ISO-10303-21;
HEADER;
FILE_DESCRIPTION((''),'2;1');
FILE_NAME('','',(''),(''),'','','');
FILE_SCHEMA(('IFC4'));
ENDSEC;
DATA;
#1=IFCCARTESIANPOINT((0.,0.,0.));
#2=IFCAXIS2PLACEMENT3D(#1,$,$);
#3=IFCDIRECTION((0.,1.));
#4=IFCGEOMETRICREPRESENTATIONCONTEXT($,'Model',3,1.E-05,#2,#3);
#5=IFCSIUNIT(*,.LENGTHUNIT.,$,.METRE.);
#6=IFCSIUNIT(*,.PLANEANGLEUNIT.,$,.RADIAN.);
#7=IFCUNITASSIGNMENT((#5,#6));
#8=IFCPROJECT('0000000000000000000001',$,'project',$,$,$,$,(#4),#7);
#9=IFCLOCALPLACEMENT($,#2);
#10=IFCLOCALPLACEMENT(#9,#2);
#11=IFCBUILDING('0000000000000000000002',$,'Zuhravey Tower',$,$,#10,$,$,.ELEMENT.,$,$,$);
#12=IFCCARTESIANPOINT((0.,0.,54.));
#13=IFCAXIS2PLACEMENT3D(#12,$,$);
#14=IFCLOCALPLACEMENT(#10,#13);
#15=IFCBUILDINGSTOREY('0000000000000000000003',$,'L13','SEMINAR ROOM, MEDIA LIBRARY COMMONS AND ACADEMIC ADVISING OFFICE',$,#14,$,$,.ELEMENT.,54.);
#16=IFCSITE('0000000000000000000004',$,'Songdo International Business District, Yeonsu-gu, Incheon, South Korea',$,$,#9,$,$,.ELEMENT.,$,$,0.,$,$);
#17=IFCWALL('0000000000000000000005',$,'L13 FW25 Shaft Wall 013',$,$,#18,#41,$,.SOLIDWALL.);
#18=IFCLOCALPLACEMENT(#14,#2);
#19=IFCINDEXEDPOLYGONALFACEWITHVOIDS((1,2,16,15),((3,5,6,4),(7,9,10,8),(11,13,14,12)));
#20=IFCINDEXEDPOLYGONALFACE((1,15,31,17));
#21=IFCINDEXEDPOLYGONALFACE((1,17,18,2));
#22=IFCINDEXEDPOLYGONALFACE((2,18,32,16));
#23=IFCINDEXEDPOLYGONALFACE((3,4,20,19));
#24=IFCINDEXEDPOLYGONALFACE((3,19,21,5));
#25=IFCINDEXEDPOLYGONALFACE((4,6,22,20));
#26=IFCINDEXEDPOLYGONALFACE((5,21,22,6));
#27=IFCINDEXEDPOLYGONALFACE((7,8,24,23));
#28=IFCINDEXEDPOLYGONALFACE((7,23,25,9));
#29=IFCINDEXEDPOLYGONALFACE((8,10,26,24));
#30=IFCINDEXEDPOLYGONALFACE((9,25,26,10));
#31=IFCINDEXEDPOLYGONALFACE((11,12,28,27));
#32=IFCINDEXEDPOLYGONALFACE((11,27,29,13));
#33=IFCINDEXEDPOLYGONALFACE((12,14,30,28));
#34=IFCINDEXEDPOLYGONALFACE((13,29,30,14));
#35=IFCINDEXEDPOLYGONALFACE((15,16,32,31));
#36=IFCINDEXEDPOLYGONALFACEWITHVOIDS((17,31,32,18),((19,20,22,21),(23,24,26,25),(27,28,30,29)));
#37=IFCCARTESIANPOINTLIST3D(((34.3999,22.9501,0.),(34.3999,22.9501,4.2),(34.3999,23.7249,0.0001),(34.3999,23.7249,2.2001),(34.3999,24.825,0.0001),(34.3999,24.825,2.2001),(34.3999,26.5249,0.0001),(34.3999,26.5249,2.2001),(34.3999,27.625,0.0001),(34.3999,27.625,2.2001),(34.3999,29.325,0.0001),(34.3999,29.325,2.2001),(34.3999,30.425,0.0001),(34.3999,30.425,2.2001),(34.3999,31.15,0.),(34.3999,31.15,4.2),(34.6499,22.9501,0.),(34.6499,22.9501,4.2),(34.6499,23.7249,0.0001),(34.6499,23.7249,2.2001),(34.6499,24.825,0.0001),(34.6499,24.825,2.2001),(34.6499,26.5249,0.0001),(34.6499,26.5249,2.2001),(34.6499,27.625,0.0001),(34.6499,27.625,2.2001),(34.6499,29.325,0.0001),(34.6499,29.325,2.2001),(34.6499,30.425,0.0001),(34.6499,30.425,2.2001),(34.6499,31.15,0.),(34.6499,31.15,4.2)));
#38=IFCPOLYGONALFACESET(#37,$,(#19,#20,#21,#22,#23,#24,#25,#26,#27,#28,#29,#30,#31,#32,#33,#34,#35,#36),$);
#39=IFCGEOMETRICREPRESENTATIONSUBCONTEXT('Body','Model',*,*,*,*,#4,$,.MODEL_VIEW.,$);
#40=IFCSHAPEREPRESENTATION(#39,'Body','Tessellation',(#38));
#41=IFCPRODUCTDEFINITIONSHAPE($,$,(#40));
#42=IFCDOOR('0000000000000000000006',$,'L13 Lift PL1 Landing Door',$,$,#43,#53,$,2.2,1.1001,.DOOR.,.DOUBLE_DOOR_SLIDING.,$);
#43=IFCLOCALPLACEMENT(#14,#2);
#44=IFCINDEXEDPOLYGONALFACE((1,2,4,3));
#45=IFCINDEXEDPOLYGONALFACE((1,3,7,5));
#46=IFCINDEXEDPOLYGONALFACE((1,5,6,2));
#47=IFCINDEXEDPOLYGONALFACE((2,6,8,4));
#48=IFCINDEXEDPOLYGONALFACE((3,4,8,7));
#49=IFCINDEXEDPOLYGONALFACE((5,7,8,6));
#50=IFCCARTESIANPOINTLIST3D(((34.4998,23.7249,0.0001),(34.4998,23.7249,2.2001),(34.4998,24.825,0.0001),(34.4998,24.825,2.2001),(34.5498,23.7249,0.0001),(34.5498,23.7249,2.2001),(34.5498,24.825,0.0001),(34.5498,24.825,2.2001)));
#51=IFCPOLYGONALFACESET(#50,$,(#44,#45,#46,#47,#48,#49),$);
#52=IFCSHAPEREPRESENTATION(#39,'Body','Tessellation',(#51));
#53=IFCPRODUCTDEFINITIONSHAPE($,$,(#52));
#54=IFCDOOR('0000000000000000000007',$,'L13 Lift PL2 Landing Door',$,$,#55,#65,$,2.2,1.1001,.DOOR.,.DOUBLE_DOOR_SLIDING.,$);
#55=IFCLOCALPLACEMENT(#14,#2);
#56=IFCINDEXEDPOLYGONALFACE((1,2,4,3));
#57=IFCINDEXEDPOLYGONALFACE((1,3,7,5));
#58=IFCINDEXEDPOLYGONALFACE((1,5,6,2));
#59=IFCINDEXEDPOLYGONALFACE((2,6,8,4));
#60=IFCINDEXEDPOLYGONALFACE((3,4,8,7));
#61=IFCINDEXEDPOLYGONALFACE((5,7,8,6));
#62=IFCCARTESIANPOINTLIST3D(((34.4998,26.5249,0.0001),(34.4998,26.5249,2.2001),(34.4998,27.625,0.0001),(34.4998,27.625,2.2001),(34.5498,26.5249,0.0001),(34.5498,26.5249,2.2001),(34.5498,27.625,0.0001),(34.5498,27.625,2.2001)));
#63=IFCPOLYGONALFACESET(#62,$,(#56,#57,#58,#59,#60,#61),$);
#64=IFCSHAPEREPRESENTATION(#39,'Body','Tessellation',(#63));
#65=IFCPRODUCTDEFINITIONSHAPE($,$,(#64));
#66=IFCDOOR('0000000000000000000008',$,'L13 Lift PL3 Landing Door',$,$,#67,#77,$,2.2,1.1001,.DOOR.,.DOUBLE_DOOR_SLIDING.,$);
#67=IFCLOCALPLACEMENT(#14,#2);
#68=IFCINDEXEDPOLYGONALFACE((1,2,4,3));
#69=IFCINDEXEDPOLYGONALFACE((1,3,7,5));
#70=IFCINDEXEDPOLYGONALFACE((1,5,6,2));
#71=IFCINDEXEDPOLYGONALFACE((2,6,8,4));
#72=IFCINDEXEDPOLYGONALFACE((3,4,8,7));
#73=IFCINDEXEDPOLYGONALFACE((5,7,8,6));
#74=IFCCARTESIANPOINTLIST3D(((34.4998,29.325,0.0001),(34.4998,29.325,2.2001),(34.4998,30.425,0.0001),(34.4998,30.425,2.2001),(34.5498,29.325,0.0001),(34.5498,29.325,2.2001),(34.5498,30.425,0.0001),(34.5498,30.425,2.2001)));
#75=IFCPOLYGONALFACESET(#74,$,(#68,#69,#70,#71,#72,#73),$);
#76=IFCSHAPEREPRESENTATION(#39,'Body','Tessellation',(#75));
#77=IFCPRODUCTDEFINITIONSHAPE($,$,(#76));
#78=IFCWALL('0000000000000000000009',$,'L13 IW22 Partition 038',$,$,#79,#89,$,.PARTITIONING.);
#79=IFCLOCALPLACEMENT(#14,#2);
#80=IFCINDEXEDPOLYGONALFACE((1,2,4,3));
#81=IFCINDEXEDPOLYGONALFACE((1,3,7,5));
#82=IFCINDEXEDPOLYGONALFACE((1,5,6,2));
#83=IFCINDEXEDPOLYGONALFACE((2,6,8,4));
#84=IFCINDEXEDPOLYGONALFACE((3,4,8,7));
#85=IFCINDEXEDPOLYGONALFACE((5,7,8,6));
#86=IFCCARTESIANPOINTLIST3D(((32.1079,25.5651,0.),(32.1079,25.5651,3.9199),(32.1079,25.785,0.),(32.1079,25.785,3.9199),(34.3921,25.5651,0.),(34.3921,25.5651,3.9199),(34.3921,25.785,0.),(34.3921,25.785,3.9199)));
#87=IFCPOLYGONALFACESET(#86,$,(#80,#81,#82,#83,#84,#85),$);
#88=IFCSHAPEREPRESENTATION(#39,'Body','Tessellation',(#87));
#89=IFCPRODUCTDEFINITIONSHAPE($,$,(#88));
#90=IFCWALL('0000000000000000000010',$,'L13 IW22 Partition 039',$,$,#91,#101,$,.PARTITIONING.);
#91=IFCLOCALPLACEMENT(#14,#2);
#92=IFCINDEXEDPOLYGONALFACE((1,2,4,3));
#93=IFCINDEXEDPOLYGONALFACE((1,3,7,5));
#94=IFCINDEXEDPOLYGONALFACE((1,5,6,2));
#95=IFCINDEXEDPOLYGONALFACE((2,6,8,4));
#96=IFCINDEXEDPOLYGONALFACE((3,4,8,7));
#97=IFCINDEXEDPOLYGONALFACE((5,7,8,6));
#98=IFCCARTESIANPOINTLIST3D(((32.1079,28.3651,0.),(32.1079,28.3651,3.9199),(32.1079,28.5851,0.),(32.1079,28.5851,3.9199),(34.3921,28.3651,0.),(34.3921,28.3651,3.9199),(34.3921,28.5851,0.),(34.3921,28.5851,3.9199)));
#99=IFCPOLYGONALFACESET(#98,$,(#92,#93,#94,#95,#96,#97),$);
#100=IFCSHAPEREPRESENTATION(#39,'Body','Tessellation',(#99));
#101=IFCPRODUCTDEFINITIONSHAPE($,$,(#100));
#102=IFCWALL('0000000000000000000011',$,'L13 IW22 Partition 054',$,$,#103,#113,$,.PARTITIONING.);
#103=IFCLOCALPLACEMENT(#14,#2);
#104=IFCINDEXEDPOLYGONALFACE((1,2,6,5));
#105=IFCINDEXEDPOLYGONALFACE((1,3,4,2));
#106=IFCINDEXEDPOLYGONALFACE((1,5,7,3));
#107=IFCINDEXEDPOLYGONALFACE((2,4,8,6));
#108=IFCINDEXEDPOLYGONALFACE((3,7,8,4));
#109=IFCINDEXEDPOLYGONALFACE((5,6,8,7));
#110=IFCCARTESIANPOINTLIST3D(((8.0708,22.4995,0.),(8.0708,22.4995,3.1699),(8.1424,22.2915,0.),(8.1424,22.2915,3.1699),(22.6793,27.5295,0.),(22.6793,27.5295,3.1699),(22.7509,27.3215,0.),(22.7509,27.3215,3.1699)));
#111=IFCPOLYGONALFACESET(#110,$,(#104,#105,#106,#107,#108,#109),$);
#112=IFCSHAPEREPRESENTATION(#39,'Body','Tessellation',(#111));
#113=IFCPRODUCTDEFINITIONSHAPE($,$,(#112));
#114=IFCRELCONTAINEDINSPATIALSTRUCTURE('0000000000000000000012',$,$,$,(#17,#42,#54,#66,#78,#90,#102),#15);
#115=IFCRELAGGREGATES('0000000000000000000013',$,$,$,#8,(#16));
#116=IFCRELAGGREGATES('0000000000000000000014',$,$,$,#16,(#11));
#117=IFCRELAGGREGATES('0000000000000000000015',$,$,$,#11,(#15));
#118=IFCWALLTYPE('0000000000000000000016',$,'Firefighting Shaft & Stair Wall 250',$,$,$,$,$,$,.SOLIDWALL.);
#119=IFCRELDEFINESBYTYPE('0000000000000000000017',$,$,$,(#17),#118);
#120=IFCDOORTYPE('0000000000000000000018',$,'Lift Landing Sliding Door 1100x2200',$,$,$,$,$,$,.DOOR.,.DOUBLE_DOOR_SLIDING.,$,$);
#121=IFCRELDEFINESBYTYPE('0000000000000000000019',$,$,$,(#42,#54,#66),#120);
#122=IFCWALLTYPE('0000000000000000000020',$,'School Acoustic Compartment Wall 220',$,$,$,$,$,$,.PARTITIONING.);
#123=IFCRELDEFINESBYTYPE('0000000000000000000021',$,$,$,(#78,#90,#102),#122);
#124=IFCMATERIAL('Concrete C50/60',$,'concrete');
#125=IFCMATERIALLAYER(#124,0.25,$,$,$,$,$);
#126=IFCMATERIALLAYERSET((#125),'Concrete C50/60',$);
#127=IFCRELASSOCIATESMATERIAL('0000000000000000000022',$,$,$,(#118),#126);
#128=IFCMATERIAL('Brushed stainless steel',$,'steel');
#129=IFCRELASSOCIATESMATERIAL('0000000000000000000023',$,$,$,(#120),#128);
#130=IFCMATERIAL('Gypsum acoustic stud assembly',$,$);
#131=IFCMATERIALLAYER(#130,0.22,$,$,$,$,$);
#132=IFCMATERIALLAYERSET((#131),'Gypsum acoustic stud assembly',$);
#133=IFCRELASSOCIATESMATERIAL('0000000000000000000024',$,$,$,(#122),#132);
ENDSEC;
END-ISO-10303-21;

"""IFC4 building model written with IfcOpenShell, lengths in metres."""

from ifc_helpers import new_model, si_unit, direction, frame, frame_2d, origin, place, context, subcontext, project, spatial, rectangle, extrude, material, layer, layer_set, type_object, element, fill, save


model = new_model("IFC4")

# Units and contexts
model_context = context("Model", 3, precision=1e-05, world=origin(), true_north=direction((0.0, 1.0)))
body_context = subcontext(model_context, "Body", "Model", "MODEL_VIEW")
ifc_project = project(units=[si_unit("LENGTHUNIT", "METRE"), si_unit("PLANEANGLEUNIT", "RADIAN")], contexts=[model_context])

# Site, building, storey
site_placement = place(None, origin())
site = spatial("IfcSite", under=ifc_project, at=site_placement, Name="Songdo International Business District, Yeonsu-gu, Incheon, South Korea", CompositionType="ELEMENT", RefElevation=0.0)
building_placement = place(site_placement, origin())
building = spatial("IfcBuilding", under=site, at=building_placement, Name="Zuhravey Tower", CompositionType="ELEMENT")
storey_placement = place(building_placement, frame((0.0, 0.0, 54.0)))
storey = spatial("IfcBuildingStorey", under=building, at=storey_placement, Name="L13", Description="SEMINAR ROOM, MEDIA LIBRARY COMMONS AND ACADEMIC ADVISING OFFICE", CompositionType="ELEMENT", Elevation=54.0)

# Shared definitions
ifc_material_1 = material(Name="Concrete C50/60", Category="concrete")
ifc_layer_1 = layer(ifc_material_1, 0.25)
ifc_layer_set_1 = layer_set([ifc_layer_1], Name="Concrete C50/60")
wall_type_1 = type_object("IfcWallType", Name="Firefighting Shaft & Stair Wall 250", PredefinedType="SOLIDWALL", material=ifc_layer_set_1)

# Shared definitions
ifc_material_2 = material(Name="Brushed stainless steel", Category="steel")

# Wall, openings, doors
wall_1_placement = place(storey_placement, frame((34.5249, 22.95, 0.0), z_axis=(0.0, 0.0, 1.0), x_axis=(0.0, 1.0, 0.0)))
wall_1 = element("IfcWall", 1, at=wall_1_placement, inside=storey, type_object=wall_type_1, Name="L13 FW25 Shaft Wall 013", PredefinedType="SOLIDWALL", context=body_context, shape_type="SweptSolid", body=[
    extrude(rectangle(XDim=8.2, YDim=0.25, at=frame_2d((4.1001, 0.0))), origin(), (0.0, 0.0, 1.0), 4.2),
])
opening_1_placement = place(wall_1_placement, frame((0.7749, 0.0, 0.0)))
opening_1 = element("IfcOpeningElement", 2, at=opening_1_placement, cuts=wall_1, PredefinedType="OPENING", context=body_context, shape_type="SweptSolid", body=[
    extrude(rectangle(XDim=1.1001, YDim=2.2, at=frame_2d((0.55, 1.1001))), frame((0.0, 0.137, 0.0), z_axis=(0.0, -1.0, 0.0), x_axis=(1.0, 0.0, 0.0)), (0.0, 0.0, 1.0), 0.2739),
])
opening_2_placement = place(wall_1_placement, frame((3.575, 0.0, 0.0)))
opening_2 = element("IfcOpeningElement", 3, at=opening_2_placement, cuts=wall_1, PredefinedType="OPENING", context=body_context, shape_type="SweptSolid", body=[
    extrude(rectangle(XDim=1.1001, YDim=2.2, at=frame_2d((0.55, 1.1001))), frame((0.0, 0.137, 0.0), z_axis=(0.0, -1.0, 0.0), x_axis=(1.0, 0.0, 0.0)), (0.0, 0.0, 1.0), 0.2739),
])
opening_3_placement = place(wall_1_placement, frame((6.375, 0.0, 0.0)))
opening_3 = element("IfcOpeningElement", 4, at=opening_3_placement, cuts=wall_1, PredefinedType="OPENING", context=body_context, shape_type="SweptSolid", body=[
    extrude(rectangle(XDim=1.1001, YDim=2.2, at=frame_2d((0.55, 1.1001))), frame((0.0, 0.137, 0.0), z_axis=(0.0, -1.0, 0.0), x_axis=(1.0, 0.0, 0.0)), (0.0, 0.0, 1.0), 0.2739),
])
door_type_1 = type_object("IfcDoorType", Name="Lift Landing Sliding Door 1100x2200", OperationType="DOUBLE_DOOR_SLIDING", PredefinedType="DOOR", material=ifc_material_2)
door_1_placement = place(opening_1_placement, frame((1.1001, 0.0, 0.0), z_axis=(0.0, 0.0, 1.0), x_axis=(-1.0, 0.0, 0.0)))
door_1 = element("IfcDoor", 5, at=door_1_placement, inside=storey, type_object=door_type_1, Name="L13 Lift PL1 Landing Door", OperationType="DOUBLE_DOOR_SLIDING", OverallHeight=2.2, OverallWidth=1.1001, PredefinedType="DOOR", context=body_context, shape_type="SweptSolid", body=[
    extrude(rectangle(XDim=1.1001, YDim=2.2, at=frame_2d((0.55, 1.1001))), frame((0.0, 0.0249, 0.0), z_axis=(0.0, -1.0, 0.0), x_axis=(1.0, 0.0, 0.0)), (0.0, 0.0, 1.0), 0.05),
])
fill(opening_1, door_1)
door_2_placement = place(opening_2_placement, frame((1.1001, 0.0, 0.0), z_axis=(0.0, 0.0, 1.0), x_axis=(-1.0, 0.0, 0.0)))
door_2 = element("IfcDoor", 6, at=door_2_placement, inside=storey, type_object=door_type_1, Name="L13 Lift PL2 Landing Door", OperationType="DOUBLE_DOOR_SLIDING", OverallHeight=2.2, OverallWidth=1.1001, PredefinedType="DOOR", context=body_context, shape_type="SweptSolid", body=[
    extrude(rectangle(XDim=1.1001, YDim=2.2, at=frame_2d((0.55, 1.1001))), frame((0.0, 0.0249, 0.0), z_axis=(0.0, -1.0, 0.0), x_axis=(1.0, 0.0, 0.0)), (0.0, 0.0, 1.0), 0.05),
])
fill(opening_2, door_2)
door_3_placement = place(opening_3_placement, frame((1.1001, 0.0, 0.0), z_axis=(0.0, 0.0, 1.0), x_axis=(-1.0, 0.0, 0.0)))
door_3 = element("IfcDoor", 7, at=door_3_placement, inside=storey, type_object=door_type_1, Name="L13 Lift PL3 Landing Door", OperationType="DOUBLE_DOOR_SLIDING", OverallHeight=2.2, OverallWidth=1.1001, PredefinedType="DOOR", context=body_context, shape_type="SweptSolid", body=[
    extrude(rectangle(XDim=1.1001, YDim=2.2, at=frame_2d((0.55, 1.1001))), frame((0.0, 0.0249, 0.0), z_axis=(0.0, -1.0, 0.0), x_axis=(1.0, 0.0, 0.0)), (0.0, 0.0, 1.0), 0.05),
])
fill(opening_3, door_3)

# Walls
ifc_material_3 = material(Name="Gypsum acoustic stud assembly")
ifc_layer_2 = layer(ifc_material_3, 0.22)
ifc_layer_set_2 = layer_set([ifc_layer_2], Name="Gypsum acoustic stud assembly")
wall_type_2 = type_object("IfcWallType", Name="School Acoustic Compartment Wall 220", PredefinedType="PARTITIONING", material=ifc_layer_set_2)
for number, where, z_axis, x_axis, name in (
    (8, (32.1079, 25.675, 0.0), (0.0, 0.0, 1.0), (1.0, 0.0, 0.0), "L13 IW22 Partition 038"),
    (9, (32.1079, 28.4751, 0.0), (0.0, 0.0, 1.0), (1.0, 0.0, 0.0), "L13 IW22 Partition 039"),
):
    element("IfcWall", number, at=place(storey_placement, frame(where, z_axis=z_axis, x_axis=x_axis)), inside=storey, type_object=wall_type_2, Name=name, PredefinedType="PARTITIONING", context=body_context, shape_type="SweptSolid", body=[
        extrude(rectangle(XDim=2.2842, YDim=0.22, at=frame_2d((1.1421, 0.0))), origin(), (0.0, 0.0, 1.0), 3.9199),
    ])
wall_2_placement = place(storey_placement, frame((22.7151, 27.4255, 0.0), z_axis=(0.0, 0.0, 1.0), x_axis=(-0.945519, -0.325566, 0.0)))
element("IfcWall", 10, at=wall_2_placement, inside=storey, type_object=wall_type_2, Name="L13 IW22 Partition 054", PredefinedType="PARTITIONING", context=body_context, shape_type="SweptSolid", body=[
    extrude(rectangle(XDim=15.4502, YDim=0.22, at=frame_2d((7.7251, 0.0))), origin(), (0.0, 0.0, 1.0), 3.1699),
])

save(model, "model.ifc")
